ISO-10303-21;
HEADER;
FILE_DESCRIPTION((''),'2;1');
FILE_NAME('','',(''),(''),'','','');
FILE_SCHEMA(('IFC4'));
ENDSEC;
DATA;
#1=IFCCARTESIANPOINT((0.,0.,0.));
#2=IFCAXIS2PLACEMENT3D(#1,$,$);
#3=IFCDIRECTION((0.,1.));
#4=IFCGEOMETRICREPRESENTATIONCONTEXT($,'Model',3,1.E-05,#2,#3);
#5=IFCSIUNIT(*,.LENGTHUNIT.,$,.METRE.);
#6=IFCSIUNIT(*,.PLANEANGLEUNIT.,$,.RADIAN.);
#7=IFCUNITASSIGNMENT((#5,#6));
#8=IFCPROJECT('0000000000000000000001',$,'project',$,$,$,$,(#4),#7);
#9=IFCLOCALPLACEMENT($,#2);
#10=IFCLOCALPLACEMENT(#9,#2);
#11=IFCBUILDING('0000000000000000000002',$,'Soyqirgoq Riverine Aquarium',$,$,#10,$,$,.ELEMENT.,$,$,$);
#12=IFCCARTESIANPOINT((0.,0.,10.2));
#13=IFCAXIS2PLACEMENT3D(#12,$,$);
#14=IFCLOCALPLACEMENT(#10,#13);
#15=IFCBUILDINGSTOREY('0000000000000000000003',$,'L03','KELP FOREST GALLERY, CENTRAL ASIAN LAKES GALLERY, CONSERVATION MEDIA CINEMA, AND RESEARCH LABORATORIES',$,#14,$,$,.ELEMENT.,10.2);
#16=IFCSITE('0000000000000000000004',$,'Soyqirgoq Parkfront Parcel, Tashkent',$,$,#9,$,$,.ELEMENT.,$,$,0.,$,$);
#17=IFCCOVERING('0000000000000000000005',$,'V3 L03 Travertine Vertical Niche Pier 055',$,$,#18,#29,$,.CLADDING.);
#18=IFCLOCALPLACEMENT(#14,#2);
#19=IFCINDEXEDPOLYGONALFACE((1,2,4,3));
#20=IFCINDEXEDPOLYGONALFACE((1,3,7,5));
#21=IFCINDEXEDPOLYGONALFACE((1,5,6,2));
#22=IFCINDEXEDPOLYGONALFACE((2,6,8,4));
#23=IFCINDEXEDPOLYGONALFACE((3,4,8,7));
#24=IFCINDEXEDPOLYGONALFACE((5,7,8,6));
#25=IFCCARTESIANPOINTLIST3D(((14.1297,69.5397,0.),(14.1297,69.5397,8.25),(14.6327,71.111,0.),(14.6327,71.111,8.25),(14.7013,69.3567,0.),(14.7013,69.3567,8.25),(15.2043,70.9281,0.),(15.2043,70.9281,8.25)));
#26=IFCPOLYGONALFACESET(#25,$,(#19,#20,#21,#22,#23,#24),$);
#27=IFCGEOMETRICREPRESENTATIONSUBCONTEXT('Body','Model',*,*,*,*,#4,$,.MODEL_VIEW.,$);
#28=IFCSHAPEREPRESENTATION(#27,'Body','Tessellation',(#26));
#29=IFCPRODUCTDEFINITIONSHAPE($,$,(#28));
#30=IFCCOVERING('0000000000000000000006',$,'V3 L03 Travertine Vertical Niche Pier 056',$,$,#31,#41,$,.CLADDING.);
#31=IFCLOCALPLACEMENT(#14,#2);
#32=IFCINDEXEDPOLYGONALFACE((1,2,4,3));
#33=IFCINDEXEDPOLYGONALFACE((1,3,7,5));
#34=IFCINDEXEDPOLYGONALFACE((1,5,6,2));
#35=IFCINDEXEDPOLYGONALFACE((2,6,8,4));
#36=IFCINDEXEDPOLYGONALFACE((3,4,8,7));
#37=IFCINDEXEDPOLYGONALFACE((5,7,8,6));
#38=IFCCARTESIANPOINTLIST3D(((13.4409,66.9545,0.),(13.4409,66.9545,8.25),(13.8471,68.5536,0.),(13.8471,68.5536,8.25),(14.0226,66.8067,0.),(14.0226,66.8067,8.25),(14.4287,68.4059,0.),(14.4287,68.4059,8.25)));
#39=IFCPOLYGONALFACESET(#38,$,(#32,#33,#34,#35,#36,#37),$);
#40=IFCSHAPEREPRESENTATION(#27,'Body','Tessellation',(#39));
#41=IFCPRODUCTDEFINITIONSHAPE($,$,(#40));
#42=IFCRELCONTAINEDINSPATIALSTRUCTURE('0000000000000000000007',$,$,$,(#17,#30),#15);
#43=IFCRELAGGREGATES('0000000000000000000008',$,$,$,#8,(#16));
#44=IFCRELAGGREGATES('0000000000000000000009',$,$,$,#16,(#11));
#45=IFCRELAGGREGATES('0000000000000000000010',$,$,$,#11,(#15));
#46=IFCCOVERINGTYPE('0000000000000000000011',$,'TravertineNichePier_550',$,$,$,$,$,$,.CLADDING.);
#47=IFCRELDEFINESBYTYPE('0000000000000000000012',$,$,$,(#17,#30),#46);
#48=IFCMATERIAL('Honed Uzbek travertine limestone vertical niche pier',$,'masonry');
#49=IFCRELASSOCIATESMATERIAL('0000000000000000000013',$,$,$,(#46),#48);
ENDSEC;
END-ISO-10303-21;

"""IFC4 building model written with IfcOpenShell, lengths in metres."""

from ifc_helpers import new_model, si_unit, direction, frame, origin, origin_2d, place, context, subcontext, project, spatial, rectangle, extrude, material, type_object, element, save


model = new_model("IFC4")

# Units and contexts
model_context = context("Model", 3, precision=1e-05, world=origin(), true_north=direction((0.0, 1.0)))
body_context = subcontext(model_context, "Body", "Model", "MODEL_VIEW")
ifc_project = project(units=[si_unit("LENGTHUNIT", "METRE"), si_unit("PLANEANGLEUNIT", "RADIAN")], contexts=[model_context])

# Site, building, storey
site_placement = place(None, origin())
site = spatial("IfcSite", under=ifc_project, at=site_placement, Name="Soyqirgoq Parkfront Parcel, Tashkent", CompositionType="ELEMENT", RefElevation=0.0)
building_placement = place(site_placement, origin())
building = spatial("IfcBuilding", under=site, at=building_placement, Name="Soyqirgoq Riverine Aquarium", CompositionType="ELEMENT")
storey_placement = place(building_placement, frame((0.0, 0.0, 10.2)))
storey = spatial("IfcBuildingStorey", under=building, at=storey_placement, Name="L03", Description="KELP FOREST GALLERY, CENTRAL ASIAN LAKES GALLERY, CONSERVATION MEDIA CINEMA, AND RESEARCH LABORATORIES", CompositionType="ELEMENT", Elevation=10.2)

# Coverings
ifc_material_1 = material(Name="Honed Uzbek travertine limestone vertical niche pier", Category="masonry")
covering_type = type_object("IfcCoveringType", Name="TravertineNichePier_550", PredefinedType="CLADDING", material=ifc_material_1)
for number, where, z_axis, x_axis, name in (
    (1, (14.667, 70.2339, 0.0), (0.0, 0.0, 1.0), (-0.952396, 0.304864, 0.0), "V3 L03 Travertine Vertical Niche Pier 055"),
    (2, (13.9348, 67.6802, 0.0), (0.0, 0.0, 1.0), (-0.969231, 0.246153, 0.0), "V3 L03 Travertine Vertical Niche Pier 056"),
):
    element("IfcCovering", number, at=place(storey_placement, frame(where, z_axis=z_axis, x_axis=x_axis)), inside=storey, type_object=covering_type, Name=name, PredefinedType="CLADDING", context=body_context, shape_type="SweptSolid", body=[
        extrude(rectangle(XDim=0.6001, YDim=1.6499, at=origin_2d()), origin(), (0.0, 0.0, 1.0), 8.25),
    ])

save(model, "model.ifc")
